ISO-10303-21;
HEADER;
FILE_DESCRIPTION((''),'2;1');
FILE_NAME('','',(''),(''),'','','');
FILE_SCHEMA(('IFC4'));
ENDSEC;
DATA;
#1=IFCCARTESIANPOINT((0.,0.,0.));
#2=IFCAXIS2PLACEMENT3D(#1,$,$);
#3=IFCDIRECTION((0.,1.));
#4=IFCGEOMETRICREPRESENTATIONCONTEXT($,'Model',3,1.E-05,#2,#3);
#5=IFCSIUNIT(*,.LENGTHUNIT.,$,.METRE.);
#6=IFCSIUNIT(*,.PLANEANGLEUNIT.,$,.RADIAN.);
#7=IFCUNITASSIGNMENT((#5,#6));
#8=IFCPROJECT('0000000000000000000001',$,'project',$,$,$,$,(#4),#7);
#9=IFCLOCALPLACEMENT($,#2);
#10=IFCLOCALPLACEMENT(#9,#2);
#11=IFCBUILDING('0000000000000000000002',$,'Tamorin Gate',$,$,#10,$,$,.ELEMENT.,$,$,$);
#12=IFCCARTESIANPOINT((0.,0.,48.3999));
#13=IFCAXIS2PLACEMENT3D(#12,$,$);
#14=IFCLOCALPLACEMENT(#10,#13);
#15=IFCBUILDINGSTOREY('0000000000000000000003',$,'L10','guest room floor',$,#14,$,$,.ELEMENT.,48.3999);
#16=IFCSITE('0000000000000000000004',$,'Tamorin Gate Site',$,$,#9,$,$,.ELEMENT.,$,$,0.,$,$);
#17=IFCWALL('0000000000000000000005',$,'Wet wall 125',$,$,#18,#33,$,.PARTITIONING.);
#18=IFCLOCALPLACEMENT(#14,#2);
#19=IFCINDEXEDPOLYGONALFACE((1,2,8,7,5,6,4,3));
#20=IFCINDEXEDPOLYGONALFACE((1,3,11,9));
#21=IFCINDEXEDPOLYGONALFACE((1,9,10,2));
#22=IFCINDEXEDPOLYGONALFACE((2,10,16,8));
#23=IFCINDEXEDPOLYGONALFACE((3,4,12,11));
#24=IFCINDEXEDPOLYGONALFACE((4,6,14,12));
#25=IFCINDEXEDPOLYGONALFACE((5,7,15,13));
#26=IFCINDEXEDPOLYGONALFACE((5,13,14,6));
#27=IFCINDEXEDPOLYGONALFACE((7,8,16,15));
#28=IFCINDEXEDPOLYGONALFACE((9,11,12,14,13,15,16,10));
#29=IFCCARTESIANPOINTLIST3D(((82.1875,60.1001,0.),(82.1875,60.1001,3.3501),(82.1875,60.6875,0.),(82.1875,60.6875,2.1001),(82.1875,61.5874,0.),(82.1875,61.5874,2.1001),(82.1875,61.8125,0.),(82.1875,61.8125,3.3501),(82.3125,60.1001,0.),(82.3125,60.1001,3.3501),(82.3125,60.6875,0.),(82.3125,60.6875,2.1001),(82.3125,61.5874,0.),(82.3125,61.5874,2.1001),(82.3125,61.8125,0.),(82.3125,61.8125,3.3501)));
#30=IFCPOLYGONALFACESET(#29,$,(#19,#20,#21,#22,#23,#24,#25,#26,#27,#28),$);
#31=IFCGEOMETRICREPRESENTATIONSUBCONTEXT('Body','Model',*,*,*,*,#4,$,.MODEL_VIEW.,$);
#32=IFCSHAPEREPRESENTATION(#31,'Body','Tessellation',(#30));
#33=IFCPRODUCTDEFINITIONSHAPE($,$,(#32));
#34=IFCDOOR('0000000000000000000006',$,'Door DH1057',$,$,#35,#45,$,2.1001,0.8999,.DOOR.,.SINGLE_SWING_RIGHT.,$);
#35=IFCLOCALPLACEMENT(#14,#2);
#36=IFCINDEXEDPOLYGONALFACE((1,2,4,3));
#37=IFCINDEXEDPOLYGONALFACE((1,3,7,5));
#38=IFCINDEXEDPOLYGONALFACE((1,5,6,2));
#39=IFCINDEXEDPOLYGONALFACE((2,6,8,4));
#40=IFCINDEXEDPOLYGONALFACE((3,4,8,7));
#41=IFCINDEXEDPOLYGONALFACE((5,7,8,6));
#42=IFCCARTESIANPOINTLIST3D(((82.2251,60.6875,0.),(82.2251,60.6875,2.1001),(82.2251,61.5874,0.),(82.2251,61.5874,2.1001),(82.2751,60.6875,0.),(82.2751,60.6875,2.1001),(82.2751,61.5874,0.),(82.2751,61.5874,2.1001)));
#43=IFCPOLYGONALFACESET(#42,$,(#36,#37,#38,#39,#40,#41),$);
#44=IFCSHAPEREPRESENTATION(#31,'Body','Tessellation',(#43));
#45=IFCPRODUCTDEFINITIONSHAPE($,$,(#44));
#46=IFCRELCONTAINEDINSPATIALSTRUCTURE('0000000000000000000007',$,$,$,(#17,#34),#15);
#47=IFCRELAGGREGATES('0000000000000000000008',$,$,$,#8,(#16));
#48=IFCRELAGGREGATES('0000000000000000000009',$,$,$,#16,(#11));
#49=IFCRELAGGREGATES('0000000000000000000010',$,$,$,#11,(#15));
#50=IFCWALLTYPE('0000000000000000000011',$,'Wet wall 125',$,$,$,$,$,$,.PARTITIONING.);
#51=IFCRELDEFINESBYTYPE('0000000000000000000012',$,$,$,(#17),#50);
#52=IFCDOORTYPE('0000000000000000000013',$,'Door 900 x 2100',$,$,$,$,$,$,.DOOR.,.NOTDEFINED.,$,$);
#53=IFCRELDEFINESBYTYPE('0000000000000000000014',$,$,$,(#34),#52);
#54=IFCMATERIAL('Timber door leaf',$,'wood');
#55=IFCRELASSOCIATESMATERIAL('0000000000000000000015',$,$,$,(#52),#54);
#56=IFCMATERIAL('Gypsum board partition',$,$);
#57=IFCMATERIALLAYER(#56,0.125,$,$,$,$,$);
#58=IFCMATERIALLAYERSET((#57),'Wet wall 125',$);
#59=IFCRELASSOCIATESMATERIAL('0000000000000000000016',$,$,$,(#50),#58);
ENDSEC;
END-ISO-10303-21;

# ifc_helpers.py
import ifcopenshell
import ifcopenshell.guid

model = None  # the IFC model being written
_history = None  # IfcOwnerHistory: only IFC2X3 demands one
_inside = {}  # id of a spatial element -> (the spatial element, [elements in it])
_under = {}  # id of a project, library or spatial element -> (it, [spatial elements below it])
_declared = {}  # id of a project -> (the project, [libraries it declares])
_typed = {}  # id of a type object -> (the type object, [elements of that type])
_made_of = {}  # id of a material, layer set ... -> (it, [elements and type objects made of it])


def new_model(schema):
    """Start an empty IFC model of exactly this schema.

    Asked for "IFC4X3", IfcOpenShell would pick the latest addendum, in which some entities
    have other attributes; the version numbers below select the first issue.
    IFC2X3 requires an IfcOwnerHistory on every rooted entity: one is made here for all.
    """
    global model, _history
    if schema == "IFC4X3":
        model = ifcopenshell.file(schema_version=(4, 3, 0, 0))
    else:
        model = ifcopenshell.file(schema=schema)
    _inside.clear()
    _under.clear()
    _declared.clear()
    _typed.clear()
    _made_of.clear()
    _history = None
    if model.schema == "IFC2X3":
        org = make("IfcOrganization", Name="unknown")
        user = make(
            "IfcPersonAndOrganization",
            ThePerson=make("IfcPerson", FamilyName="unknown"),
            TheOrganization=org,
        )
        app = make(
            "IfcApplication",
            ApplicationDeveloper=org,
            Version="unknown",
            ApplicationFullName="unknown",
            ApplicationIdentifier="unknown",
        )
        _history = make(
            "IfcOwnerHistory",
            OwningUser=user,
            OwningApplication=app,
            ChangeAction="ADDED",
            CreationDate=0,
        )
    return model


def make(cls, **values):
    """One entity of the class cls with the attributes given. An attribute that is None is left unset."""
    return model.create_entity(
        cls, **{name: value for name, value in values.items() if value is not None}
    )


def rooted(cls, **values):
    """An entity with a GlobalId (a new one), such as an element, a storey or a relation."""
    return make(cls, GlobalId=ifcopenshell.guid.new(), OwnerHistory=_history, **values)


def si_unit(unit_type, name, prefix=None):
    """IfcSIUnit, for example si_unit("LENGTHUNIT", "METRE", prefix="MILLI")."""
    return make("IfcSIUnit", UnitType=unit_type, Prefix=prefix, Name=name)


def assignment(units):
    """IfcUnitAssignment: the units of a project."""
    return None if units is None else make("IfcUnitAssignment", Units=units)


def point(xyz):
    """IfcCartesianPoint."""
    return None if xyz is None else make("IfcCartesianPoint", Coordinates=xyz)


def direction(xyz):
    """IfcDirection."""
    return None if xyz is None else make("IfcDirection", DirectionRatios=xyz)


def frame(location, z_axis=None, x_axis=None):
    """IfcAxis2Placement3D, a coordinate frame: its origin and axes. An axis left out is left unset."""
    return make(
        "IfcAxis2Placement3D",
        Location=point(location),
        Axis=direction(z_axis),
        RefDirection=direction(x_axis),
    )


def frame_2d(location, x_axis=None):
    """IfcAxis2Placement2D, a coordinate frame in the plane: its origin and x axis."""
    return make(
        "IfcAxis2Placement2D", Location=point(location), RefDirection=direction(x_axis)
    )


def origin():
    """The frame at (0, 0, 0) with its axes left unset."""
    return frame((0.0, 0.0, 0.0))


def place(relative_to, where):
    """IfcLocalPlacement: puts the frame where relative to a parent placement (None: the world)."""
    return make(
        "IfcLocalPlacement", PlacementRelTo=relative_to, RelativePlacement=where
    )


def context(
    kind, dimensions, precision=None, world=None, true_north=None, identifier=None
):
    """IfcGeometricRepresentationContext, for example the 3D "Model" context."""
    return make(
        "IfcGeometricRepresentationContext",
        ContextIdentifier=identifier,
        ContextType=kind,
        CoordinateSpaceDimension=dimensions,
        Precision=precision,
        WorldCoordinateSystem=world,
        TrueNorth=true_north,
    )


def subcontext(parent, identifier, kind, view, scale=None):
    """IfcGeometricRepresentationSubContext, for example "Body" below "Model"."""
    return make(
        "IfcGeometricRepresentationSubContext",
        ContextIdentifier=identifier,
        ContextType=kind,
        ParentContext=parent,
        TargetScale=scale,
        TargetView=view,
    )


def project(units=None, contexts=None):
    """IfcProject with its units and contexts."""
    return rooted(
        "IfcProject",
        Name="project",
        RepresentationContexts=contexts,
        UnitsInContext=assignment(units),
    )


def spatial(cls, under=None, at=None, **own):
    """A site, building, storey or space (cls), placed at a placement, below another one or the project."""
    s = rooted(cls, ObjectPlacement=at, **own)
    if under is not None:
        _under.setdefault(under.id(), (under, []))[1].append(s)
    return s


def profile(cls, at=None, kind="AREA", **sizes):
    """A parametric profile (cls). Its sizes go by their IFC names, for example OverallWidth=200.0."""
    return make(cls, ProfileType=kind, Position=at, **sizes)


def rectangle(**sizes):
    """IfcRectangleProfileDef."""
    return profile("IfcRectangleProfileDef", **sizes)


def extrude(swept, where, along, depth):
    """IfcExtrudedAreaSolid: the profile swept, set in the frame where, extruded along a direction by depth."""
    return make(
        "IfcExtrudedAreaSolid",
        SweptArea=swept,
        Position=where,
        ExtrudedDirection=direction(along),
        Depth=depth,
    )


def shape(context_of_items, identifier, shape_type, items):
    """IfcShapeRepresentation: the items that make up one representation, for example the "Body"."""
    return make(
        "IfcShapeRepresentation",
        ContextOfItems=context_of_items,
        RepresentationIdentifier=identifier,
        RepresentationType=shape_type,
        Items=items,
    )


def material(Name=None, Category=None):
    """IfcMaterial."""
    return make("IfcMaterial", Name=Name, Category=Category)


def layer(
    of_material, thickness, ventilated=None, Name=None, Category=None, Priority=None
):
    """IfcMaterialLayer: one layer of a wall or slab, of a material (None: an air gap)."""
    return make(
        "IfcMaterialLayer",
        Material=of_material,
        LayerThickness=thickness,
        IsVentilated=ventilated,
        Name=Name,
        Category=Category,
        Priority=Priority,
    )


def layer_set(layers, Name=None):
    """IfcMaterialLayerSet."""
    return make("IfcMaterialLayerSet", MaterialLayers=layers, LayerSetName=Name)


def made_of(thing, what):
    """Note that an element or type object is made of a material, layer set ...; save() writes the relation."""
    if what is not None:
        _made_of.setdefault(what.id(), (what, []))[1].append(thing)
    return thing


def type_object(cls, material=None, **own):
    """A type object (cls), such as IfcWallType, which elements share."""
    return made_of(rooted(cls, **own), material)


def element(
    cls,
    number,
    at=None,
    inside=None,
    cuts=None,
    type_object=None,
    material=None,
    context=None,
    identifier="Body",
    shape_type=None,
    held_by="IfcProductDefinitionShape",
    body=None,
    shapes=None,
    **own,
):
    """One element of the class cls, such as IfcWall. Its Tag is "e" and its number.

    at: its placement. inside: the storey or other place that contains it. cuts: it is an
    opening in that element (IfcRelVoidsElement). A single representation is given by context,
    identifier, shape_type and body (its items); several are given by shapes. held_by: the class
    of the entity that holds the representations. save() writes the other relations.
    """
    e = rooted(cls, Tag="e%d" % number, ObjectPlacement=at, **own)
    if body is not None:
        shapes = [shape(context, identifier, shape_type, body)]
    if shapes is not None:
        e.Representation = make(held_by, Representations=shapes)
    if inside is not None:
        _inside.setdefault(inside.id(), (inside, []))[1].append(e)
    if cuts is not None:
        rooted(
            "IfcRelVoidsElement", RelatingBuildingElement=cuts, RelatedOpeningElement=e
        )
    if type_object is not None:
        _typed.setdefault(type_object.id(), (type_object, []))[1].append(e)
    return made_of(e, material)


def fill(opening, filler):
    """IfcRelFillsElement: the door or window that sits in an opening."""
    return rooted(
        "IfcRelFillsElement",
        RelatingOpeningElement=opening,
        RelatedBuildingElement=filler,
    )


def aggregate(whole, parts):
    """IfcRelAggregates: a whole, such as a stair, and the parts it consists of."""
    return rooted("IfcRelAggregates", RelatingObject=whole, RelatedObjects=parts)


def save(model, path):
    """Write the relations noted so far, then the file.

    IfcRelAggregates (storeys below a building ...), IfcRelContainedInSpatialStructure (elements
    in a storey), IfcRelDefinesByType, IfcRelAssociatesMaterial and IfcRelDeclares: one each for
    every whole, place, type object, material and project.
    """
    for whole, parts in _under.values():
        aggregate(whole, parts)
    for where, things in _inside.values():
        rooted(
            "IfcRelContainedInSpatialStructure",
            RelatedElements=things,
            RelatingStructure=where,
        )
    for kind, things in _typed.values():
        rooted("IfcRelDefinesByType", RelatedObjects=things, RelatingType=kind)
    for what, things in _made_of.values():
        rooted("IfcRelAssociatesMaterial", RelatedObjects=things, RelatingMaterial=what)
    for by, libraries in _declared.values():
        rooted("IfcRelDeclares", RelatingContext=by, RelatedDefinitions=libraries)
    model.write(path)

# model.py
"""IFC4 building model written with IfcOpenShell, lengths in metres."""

from ifc_helpers import new_model, si_unit, direction, frame, frame_2d, origin, place, context, subcontext, project, spatial, rectangle, extrude, material, layer, layer_set, type_object, element, fill, save


model = new_model("IFC4")

# Units and contexts
model_context = context("Model", 3, precision=1e-05, world=origin(), true_north=direction((0.0, 1.0)))
body_context = subcontext(model_context, "Body", "Model", "MODEL_VIEW")
ifc_project = project(units=[si_unit("LENGTHUNIT", "METRE"), si_unit("PLANEANGLEUNIT", "RADIAN")], contexts=[model_context])

# Site, building, storey
site_placement = place(None, origin())
site = spatial("IfcSite", under=ifc_project, at=site_placement, Name="Tamorin Gate Site", CompositionType="ELEMENT", RefElevation=0.0)
building_placement = place(site_placement, origin())
building = spatial("IfcBuilding", under=site, at=building_placement, Name="Tamorin Gate", CompositionType="ELEMENT")
storey_placement = place(building_placement, frame((0.0, 0.0, 48.3999)))
storey = spatial("IfcBuildingStorey", under=building, at=storey_placement, Name="L10", Description="guest room floor", CompositionType="ELEMENT", Elevation=48.3999)

# Wall, opening, door
ifc_material_1 = material(Name="Gypsum board partition")
ifc_material_2 = material(Name="Timber door leaf", Category="wood")
door_type = type_object("IfcDoorType", Name="Door 900 x 2100", OperationType="NOTDEFINED", PredefinedType="DOOR", material=ifc_material_2)
ifc_layer_1 = layer(ifc_material_1, 0.125)
ifc_layer_set_1 = layer_set([ifc_layer_1], Name="Wet wall 125")
wall_type_1 = type_object("IfcWallType", Name="Wet wall 125", PredefinedType="PARTITIONING", material=ifc_layer_set_1)
wall_1_placement = place(storey_placement, frame((82.25, 60.1001, 0.0), z_axis=(0.0, 0.0, 1.0), x_axis=(0.0, 1.0, 0.0)))
wall_1 = element("IfcWall", 1, at=wall_1_placement, inside=storey, type_object=wall_type_1, Name="Wet wall 125", PredefinedType="PARTITIONING", context=body_context, shape_type="SweptSolid", body=[
    extrude(rectangle(XDim=1.7124, YDim=0.125, at=frame_2d((0.8562, 0.0))), origin(), (0.0, 0.0, 1.0), 3.3501),
])
opening_1_placement = place(wall_1_placement, frame((0.5874, 0.0, 0.0)))
opening_1 = element("IfcOpeningElement", 2, at=opening_1_placement, cuts=wall_1, PredefinedType="OPENING", context=body_context, shape_type="SweptSolid", body=[
    extrude(rectangle(XDim=0.8999, YDim=2.1001, at=frame_2d((0.45, 1.05))), frame((0.0, 0.0725, 0.0), z_axis=(0.0, -1.0, 0.0), x_axis=(1.0, 0.0, 0.0)), (0.0, 0.0, 1.0), 0.145),
])
door_1_placement = place(opening_1_placement, origin())
door_1 = element("IfcDoor", 3, at=door_1_placement, inside=storey, type_object=door_type, Name="Door DH1057", OperationType="SINGLE_SWING_RIGHT", OverallHeight=2.1001, OverallWidth=0.8999, PredefinedType="DOOR", context=body_context, shape_type="SweptSolid", body=[
    extrude(rectangle(XDim=0.8999, YDim=2.1001, at=frame_2d((0.45, 1.05))), frame((0.0, 0.0249, 0.0), z_axis=(0.0, -1.0, 0.0), x_axis=(1.0, 0.0, 0.0)), (0.0, 0.0, 1.0), 0.05),
])
fill(opening_1, door_1)

save(model, "model.ifc")
